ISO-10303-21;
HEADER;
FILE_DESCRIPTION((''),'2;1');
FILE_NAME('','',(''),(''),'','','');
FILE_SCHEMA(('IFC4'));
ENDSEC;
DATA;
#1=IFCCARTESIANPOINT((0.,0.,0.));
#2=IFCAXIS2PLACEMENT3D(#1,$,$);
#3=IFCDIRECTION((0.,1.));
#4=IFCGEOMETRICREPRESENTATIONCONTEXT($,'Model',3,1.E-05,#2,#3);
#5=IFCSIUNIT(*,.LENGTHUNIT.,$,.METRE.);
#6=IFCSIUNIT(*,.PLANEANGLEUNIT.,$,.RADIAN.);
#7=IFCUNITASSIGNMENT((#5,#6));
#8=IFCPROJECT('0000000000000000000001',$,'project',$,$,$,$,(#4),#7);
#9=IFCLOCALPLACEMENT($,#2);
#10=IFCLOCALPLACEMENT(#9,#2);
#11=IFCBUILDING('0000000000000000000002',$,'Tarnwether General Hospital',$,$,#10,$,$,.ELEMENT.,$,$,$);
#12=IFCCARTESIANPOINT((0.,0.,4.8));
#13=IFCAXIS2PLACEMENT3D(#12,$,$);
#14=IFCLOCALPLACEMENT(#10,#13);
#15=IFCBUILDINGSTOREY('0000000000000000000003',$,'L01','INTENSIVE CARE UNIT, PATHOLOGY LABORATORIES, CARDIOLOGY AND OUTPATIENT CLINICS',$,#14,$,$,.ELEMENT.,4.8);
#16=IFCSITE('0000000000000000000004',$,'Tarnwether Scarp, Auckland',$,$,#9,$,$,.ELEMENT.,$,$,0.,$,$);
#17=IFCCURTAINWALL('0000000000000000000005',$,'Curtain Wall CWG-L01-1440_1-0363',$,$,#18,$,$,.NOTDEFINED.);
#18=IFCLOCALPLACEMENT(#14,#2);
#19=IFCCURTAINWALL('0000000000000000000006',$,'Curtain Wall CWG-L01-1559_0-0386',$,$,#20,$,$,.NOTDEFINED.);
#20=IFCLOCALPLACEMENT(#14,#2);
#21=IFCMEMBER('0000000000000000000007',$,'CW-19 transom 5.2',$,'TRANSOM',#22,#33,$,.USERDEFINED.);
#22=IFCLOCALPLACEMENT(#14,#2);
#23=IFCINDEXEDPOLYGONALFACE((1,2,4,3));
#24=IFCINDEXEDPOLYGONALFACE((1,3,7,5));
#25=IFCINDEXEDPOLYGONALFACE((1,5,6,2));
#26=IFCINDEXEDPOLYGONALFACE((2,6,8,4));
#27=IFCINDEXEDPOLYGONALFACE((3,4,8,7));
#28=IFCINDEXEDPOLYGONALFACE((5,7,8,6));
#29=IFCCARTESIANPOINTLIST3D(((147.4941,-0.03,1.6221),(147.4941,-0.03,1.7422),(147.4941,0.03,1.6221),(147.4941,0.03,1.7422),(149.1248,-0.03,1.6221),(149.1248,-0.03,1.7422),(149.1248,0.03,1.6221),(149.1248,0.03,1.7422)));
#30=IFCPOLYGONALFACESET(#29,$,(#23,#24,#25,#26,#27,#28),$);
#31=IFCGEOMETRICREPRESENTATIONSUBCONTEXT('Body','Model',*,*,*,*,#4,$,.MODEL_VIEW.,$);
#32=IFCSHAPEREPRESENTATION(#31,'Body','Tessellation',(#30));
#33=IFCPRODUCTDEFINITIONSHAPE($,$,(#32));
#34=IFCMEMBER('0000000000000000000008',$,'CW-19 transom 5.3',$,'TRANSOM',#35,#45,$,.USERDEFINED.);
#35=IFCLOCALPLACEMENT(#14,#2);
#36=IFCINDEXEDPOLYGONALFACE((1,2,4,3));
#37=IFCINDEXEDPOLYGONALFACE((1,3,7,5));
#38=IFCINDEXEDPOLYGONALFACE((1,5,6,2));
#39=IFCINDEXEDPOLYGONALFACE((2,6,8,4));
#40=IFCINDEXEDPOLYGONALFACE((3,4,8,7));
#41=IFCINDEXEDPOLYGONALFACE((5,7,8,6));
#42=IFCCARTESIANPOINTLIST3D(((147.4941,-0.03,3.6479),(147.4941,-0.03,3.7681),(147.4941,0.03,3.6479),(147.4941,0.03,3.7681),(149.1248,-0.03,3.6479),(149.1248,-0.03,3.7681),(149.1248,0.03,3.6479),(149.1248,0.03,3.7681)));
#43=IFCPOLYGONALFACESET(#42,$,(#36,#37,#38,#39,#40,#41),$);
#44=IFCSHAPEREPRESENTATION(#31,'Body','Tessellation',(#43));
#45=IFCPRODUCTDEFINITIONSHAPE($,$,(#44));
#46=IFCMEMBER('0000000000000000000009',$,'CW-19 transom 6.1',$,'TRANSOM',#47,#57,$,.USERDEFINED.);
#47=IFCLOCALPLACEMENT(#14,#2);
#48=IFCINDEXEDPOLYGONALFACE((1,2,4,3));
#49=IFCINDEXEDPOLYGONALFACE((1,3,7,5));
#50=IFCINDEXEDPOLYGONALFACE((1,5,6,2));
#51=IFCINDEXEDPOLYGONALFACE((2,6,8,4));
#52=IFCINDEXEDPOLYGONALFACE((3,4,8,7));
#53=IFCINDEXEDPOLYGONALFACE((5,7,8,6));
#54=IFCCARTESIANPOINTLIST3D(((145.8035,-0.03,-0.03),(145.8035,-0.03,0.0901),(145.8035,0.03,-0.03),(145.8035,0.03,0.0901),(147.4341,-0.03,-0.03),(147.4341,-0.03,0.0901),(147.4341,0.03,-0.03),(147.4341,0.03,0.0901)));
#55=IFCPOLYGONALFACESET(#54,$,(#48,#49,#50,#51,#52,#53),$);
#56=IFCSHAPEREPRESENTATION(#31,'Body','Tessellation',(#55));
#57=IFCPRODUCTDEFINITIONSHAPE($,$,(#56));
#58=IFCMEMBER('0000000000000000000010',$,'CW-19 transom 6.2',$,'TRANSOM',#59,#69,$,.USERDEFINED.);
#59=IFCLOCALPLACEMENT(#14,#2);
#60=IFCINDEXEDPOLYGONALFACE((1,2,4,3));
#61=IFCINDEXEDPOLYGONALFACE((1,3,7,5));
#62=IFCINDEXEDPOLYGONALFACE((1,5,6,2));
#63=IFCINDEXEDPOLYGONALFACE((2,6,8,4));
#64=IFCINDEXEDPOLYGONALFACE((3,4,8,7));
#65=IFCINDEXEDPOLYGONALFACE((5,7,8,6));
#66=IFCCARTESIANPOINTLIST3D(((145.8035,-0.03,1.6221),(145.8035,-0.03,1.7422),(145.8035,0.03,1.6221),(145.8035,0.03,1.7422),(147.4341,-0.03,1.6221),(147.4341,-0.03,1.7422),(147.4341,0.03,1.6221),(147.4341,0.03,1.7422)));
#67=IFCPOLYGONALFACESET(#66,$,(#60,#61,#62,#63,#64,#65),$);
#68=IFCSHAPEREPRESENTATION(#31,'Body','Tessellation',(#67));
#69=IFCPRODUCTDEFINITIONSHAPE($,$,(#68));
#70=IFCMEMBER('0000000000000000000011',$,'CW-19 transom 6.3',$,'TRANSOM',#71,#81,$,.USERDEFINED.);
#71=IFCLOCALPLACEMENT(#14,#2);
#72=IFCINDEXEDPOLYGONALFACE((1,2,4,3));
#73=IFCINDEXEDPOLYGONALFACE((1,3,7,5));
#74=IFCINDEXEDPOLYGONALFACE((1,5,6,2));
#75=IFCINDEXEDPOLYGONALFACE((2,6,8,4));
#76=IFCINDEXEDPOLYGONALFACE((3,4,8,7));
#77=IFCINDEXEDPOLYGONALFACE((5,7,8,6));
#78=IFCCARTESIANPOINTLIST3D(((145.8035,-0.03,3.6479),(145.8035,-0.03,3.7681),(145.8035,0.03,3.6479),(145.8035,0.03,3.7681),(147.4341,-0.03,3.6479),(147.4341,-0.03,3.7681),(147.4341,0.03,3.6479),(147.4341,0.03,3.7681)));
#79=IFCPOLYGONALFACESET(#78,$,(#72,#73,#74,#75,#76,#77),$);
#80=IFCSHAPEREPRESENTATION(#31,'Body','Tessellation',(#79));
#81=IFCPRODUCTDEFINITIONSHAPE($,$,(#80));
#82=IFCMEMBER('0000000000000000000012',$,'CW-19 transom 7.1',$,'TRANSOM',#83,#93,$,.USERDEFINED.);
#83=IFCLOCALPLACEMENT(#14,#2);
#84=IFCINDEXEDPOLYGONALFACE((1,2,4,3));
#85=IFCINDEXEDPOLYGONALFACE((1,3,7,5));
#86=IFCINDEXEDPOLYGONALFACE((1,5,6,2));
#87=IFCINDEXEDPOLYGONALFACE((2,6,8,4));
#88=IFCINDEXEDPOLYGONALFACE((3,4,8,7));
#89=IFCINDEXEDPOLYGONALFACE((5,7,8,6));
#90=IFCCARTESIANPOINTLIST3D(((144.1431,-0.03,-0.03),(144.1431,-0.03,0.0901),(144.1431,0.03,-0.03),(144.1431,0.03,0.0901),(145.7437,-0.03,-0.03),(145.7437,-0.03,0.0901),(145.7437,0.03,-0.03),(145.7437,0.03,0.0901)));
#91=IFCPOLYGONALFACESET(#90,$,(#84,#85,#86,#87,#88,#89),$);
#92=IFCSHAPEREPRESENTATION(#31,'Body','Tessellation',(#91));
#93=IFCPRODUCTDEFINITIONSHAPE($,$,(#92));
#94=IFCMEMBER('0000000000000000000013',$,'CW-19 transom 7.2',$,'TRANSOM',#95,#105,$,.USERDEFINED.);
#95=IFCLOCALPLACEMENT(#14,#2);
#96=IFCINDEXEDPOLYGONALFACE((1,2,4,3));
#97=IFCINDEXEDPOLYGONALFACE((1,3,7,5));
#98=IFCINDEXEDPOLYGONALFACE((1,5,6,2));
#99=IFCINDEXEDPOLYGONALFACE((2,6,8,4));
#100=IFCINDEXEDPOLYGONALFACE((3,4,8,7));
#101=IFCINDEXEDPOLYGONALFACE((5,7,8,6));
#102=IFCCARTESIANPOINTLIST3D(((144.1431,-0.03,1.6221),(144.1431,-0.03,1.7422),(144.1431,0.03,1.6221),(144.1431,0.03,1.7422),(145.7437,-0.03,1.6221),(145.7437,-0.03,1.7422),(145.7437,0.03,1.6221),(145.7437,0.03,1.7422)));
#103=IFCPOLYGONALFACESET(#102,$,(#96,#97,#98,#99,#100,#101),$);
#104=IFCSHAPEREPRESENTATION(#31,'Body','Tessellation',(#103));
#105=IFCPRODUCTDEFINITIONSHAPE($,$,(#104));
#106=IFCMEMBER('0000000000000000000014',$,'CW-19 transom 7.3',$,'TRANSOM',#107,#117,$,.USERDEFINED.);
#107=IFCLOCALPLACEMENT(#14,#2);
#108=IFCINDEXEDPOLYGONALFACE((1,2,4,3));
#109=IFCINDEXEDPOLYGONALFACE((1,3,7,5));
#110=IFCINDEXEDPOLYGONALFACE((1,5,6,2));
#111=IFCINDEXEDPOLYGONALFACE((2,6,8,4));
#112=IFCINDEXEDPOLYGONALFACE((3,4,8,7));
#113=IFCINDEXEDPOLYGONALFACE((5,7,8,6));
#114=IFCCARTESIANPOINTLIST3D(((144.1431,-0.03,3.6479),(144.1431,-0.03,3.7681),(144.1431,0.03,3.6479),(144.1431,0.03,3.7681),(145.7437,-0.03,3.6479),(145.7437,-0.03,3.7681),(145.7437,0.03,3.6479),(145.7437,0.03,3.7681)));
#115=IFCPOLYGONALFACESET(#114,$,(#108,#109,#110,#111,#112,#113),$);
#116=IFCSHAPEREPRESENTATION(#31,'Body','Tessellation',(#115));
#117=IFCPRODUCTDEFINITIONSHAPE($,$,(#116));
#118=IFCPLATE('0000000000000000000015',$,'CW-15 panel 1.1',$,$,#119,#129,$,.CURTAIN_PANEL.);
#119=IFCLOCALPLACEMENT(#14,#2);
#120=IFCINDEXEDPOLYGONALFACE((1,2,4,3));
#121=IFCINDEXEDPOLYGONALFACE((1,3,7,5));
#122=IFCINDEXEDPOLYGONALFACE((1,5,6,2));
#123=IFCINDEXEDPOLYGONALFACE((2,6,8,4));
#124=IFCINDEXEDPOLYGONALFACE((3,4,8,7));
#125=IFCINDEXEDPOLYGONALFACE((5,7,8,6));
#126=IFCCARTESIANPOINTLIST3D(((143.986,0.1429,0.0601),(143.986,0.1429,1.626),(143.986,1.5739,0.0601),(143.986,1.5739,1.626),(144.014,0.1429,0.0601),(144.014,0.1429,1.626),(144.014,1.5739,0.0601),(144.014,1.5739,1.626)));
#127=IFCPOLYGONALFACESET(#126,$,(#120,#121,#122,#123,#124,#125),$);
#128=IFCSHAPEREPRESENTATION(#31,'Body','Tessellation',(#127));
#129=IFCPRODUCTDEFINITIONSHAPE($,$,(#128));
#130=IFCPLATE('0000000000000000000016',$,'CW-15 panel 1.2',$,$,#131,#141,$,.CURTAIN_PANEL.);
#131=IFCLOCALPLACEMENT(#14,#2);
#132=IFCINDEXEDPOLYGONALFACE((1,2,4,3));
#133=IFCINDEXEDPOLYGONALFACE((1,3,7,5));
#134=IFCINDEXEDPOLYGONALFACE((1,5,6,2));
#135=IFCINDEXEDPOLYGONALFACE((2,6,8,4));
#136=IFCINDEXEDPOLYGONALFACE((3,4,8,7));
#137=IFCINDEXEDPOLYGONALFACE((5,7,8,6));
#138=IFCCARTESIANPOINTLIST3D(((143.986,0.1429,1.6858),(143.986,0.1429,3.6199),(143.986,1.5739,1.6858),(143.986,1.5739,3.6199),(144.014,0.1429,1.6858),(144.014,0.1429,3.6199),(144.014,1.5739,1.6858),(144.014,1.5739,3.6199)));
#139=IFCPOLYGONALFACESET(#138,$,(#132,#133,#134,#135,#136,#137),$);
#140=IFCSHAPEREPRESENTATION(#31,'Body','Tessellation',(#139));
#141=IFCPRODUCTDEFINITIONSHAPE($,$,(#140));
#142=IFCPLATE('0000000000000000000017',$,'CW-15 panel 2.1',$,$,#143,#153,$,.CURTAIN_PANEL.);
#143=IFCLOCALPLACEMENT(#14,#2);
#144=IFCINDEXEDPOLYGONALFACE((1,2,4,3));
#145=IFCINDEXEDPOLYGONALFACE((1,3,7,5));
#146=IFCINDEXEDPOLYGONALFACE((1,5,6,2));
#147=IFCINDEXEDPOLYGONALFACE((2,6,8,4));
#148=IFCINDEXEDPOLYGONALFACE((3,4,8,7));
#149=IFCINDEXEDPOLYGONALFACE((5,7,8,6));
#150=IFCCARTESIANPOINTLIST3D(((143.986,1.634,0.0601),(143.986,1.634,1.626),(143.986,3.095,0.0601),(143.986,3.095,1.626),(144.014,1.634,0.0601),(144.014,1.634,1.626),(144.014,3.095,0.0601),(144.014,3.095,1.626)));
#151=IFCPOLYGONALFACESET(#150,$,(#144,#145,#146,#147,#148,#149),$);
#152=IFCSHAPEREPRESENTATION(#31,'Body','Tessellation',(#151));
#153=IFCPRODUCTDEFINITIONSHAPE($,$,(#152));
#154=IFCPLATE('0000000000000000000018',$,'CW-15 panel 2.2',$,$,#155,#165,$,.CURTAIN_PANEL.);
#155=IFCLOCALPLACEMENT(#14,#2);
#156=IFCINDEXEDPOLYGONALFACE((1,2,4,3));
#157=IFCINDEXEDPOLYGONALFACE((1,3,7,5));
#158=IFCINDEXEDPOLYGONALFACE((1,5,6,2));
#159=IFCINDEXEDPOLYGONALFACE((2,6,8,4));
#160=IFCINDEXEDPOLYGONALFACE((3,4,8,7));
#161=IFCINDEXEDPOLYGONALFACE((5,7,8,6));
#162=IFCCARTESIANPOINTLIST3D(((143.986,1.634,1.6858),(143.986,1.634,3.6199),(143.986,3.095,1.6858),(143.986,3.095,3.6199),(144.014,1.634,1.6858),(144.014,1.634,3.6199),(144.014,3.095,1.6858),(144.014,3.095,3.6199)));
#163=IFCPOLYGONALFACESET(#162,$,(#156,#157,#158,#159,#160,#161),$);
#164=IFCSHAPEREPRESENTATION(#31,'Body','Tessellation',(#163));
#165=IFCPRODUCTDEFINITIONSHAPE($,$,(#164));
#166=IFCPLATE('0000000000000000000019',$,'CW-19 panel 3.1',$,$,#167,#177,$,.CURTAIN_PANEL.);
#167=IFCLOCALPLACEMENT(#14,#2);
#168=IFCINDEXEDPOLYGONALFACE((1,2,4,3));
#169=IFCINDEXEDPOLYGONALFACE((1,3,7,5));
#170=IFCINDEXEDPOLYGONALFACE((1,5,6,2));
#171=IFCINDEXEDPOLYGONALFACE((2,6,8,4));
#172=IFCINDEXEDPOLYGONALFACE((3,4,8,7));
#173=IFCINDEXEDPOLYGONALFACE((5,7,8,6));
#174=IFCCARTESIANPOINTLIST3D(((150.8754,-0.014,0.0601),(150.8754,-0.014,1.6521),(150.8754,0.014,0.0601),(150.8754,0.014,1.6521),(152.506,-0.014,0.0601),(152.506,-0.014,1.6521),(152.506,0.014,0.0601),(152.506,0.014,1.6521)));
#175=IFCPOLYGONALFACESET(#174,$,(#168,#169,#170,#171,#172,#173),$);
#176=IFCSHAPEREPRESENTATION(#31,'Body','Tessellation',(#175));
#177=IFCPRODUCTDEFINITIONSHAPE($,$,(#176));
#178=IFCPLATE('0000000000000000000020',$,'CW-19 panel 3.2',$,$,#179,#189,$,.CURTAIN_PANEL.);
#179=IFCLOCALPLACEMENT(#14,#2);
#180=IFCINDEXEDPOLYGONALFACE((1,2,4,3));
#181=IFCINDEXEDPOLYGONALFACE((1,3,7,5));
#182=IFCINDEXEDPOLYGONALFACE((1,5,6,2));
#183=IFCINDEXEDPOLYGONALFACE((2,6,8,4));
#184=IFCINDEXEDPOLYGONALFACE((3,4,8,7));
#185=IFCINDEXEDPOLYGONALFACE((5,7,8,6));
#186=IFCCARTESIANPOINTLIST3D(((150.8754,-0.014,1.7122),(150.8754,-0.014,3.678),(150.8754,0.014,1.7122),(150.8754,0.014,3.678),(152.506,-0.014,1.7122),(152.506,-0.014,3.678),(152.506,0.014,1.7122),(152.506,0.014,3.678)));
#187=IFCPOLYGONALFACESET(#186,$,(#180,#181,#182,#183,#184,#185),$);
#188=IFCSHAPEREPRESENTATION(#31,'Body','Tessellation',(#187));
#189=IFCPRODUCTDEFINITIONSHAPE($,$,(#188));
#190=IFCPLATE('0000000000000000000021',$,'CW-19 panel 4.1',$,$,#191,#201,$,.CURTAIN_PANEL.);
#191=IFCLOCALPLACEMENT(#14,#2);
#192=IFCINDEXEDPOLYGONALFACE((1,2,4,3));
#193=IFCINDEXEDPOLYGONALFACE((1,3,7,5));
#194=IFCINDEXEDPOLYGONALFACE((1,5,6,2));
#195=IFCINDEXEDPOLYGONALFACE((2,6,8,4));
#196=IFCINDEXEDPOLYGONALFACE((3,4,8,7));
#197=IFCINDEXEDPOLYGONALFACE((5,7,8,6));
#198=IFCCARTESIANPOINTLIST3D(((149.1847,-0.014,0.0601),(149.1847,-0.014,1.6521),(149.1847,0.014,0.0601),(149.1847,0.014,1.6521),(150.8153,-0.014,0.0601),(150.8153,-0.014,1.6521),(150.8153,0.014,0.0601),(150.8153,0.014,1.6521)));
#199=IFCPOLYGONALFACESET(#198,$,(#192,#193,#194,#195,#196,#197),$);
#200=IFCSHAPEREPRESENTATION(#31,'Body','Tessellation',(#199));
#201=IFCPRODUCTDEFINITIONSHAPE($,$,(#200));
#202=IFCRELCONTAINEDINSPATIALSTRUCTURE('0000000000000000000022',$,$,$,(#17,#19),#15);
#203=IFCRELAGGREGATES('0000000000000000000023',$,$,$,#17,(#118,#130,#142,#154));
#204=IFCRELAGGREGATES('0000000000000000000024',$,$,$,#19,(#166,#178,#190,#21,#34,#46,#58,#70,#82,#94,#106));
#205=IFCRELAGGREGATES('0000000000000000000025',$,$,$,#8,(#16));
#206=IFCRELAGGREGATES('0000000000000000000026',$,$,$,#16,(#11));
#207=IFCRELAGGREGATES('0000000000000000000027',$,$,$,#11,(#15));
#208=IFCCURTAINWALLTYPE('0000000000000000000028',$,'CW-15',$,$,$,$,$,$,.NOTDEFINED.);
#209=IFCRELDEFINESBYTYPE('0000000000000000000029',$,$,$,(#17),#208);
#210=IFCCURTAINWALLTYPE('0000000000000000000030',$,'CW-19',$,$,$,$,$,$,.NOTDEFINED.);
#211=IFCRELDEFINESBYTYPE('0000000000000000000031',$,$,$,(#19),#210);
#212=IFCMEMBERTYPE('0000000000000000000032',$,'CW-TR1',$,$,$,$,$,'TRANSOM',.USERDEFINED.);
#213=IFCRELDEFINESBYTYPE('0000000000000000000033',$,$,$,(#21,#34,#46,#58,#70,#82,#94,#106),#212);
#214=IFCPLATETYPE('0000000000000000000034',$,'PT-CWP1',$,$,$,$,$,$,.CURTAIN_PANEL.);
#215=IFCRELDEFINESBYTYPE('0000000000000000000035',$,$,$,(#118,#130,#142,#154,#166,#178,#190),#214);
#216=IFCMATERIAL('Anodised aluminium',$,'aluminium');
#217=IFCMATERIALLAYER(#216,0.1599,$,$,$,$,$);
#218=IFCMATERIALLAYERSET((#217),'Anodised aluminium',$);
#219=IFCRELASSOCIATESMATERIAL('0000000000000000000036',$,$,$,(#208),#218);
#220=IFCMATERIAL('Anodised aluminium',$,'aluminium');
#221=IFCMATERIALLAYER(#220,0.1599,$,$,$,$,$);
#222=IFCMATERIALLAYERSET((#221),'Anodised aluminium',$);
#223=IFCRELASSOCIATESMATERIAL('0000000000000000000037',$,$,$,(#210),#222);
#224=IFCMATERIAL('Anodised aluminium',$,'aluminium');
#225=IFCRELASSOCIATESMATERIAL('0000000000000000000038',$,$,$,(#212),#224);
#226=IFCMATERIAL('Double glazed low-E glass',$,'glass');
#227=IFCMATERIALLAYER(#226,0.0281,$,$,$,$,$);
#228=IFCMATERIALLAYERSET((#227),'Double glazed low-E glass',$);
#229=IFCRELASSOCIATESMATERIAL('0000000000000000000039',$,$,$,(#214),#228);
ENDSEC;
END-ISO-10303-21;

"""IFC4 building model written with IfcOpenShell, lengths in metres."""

from ifc_helpers import new_model, si_unit, direction, frame, origin, origin_2d, place, context, subcontext, project, spatial, rectangle, extrude, material, layer, layer_set, material_profile, profile_set, type_object, element, aggregate, save


model = new_model("IFC4")

# Units and contexts
model_context = context("Model", 3, precision=1e-05, world=origin(), true_north=direction((0.0, 1.0)))
body_context = subcontext(model_context, "Body", "Model", "MODEL_VIEW")
ifc_project = project(units=[si_unit("LENGTHUNIT", "METRE"), si_unit("PLANEANGLEUNIT", "RADIAN")], contexts=[model_context])

# Site, building, storey
site_placement = place(None, origin())
site = spatial("IfcSite", under=ifc_project, at=site_placement, Name="Tarnwether Scarp, Auckland", CompositionType="ELEMENT", RefElevation=0.0)
building_placement = place(site_placement, origin())
building = spatial("IfcBuilding", under=site, at=building_placement, Name="Tarnwether General Hospital", CompositionType="ELEMENT")
storey_placement = place(building_placement, frame((0.0, 0.0, 4.8)))
storey = spatial("IfcBuildingStorey", under=building, at=storey_placement, Name="L01", Description="INTENSIVE CARE UNIT, PATHOLOGY LABORATORIES, CARDIOLOGY AND OUTPATIENT CLINICS", CompositionType="ELEMENT", Elevation=4.8)

# Curtain wall
ifc_material_1 = material(Name="Anodised aluminium", Category="aluminium")
ifc_layer_1 = layer(ifc_material_1, 0.1599)
ifc_layer_set_1 = layer_set([ifc_layer_1], Name="Anodised aluminium")
curtain_wall_type_1 = type_object("IfcCurtainWallType", Name="CW-15", PredefinedType="NOTDEFINED", material=ifc_layer_set_1)
curtain_wall_1_placement = place(storey_placement, origin())
curtain_wall_1 = element("IfcCurtainWall", 1, at=curtain_wall_1_placement, inside=storey, type_object=curtain_wall_type_1, Name="Curtain Wall CWG-L01-1440_1-0363", PredefinedType="NOTDEFINED")

# Curtain wall
ifc_material_2 = material(Name="Anodised aluminium", Category="aluminium")
ifc_layer_2 = layer(ifc_material_2, 0.1599)
ifc_layer_set_2 = layer_set([ifc_layer_2], Name="Anodised aluminium")
curtain_wall_type_2 = type_object("IfcCurtainWallType", Name="CW-19", PredefinedType="NOTDEFINED", material=ifc_layer_set_2)
curtain_wall_2_placement = place(storey_placement, origin())
curtain_wall_2 = element("IfcCurtainWall", 2, at=curtain_wall_2_placement, inside=storey, type_object=curtain_wall_type_2, Name="Curtain Wall CWG-L01-1559_0-0386", PredefinedType="NOTDEFINED")

# Members
ifc_material_3 = material(Name="Anodised aluminium", Category="aluminium")
ifc_material_profile_1 = material_profile(ifc_material_3, rectangle(XDim=0.0601, YDim=0.1201, at=origin_2d()), Name="ALU-TRN-60x120")
ifc_profile_set_1 = profile_set([ifc_material_profile_1], Name="Anodised aluminium")
member_type_1 = type_object("IfcMemberType", Name="CW-TR1", ElementType="TRANSOM", PredefinedType="USERDEFINED", material=ifc_profile_set_1)
member_1_placement = place(storey_placement, frame((149.1248, 0.0, 1.6821), z_axis=(-1.0, 0.0, 0.0), x_axis=(0.0, -1.0, 0.0)))
member_1 = element("IfcMember", 3, at=member_1_placement, type_object=member_type_1, Name="CW-19 transom 5.2", ObjectType="TRANSOM", PredefinedType="USERDEFINED", context=body_context, shape_type="SweptSolid", body=[
    extrude(rectangle(XDim=0.0601, YDim=0.1201, at=origin_2d()), origin(), (0.0, 0.0, 1.0), 1.6306),
])
member_2_placement = place(storey_placement, frame((149.1248, 0.0, 3.708), z_axis=(-1.0, 0.0, 0.0), x_axis=(0.0, -1.0, 0.0)))
member_2 = element("IfcMember", 4, at=member_2_placement, type_object=member_type_1, Name="CW-19 transom 5.3", ObjectType="TRANSOM", PredefinedType="USERDEFINED", context=body_context, shape_type="SweptSolid", body=[
    extrude(rectangle(XDim=0.0601, YDim=0.1201, at=origin_2d()), origin(), (0.0, 0.0, 1.0), 1.6306),
])
member_3_placement = place(storey_placement, frame((147.4341, 0.0, 0.03), z_axis=(-1.0, 0.0, 0.0), x_axis=(0.0, -1.0, 0.0)))
member_3 = element("IfcMember", 5, at=member_3_placement, type_object=member_type_1, Name="CW-19 transom 6.1", ObjectType="TRANSOM", PredefinedType="USERDEFINED", context=body_context, shape_type="SweptSolid", body=[
    extrude(rectangle(XDim=0.0601, YDim=0.1201, at=origin_2d()), origin(), (0.0, 0.0, 1.0), 1.6306),
])
member_4_placement = place(storey_placement, frame((147.4341, 0.0, 1.6821), z_axis=(-1.0, 0.0, 0.0), x_axis=(0.0, -1.0, 0.0)))
member_4 = element("IfcMember", 6, at=member_4_placement, type_object=member_type_1, Name="CW-19 transom 6.2", ObjectType="TRANSOM", PredefinedType="USERDEFINED", context=body_context, shape_type="SweptSolid", body=[
    extrude(rectangle(XDim=0.0601, YDim=0.1201, at=origin_2d()), origin(), (0.0, 0.0, 1.0), 1.6306),
])
member_5_placement = place(storey_placement, frame((147.4341, 0.0, 3.708), z_axis=(-1.0, 0.0, 0.0), x_axis=(0.0, -1.0, 0.0)))
member_5 = element("IfcMember", 7, at=member_5_placement, type_object=member_type_1, Name="CW-19 transom 6.3", ObjectType="TRANSOM", PredefinedType="USERDEFINED", context=body_context, shape_type="SweptSolid", body=[
    extrude(rectangle(XDim=0.0601, YDim=0.1201, at=origin_2d()), origin(), (0.0, 0.0, 1.0), 1.6306),
])
member_6_placement = place(storey_placement, frame((145.7437, 0.0, 0.03), z_axis=(-1.0, 0.0, 0.0), x_axis=(0.0, -1.0, 0.0)))
member_6 = element("IfcMember", 8, at=member_6_placement, type_object=member_type_1, Name="CW-19 transom 7.1", ObjectType="TRANSOM", PredefinedType="USERDEFINED", context=body_context, shape_type="SweptSolid", body=[
    extrude(rectangle(XDim=0.0601, YDim=0.1201, at=origin_2d()), origin(), (0.0, 0.0, 1.0), 1.6006),
])
member_7_placement = place(storey_placement, frame((145.7437, 0.0, 1.6821), z_axis=(-1.0, 0.0, 0.0), x_axis=(0.0, -1.0, 0.0)))
member_7 = element("IfcMember", 9, at=member_7_placement, type_object=member_type_1, Name="CW-19 transom 7.2", ObjectType="TRANSOM", PredefinedType="USERDEFINED", context=body_context, shape_type="SweptSolid", body=[
    extrude(rectangle(XDim=0.0601, YDim=0.1201, at=origin_2d()), origin(), (0.0, 0.0, 1.0), 1.6006),
])
member_8_placement = place(storey_placement, frame((145.7437, 0.0, 3.708), z_axis=(-1.0, 0.0, 0.0), x_axis=(0.0, -1.0, 0.0)))
member_8 = element("IfcMember", 10, at=member_8_placement, type_object=member_type_1, Name="CW-19 transom 7.3", ObjectType="TRANSOM", PredefinedType="USERDEFINED", context=body_context, shape_type="SweptSolid", body=[
    extrude(rectangle(XDim=0.0601, YDim=0.1201, at=origin_2d()), origin(), (0.0, 0.0, 1.0), 1.6006),
])

# Plates
ifc_material_4 = material(Name="Double glazed low-E glass", Category="glass")
ifc_layer_3 = layer(ifc_material_4, 0.0281)
ifc_layer_set_3 = layer_set([ifc_layer_3], Name="Double glazed low-E glass")
plate_type_1 = type_object("IfcPlateType", Name="PT-CWP1", PredefinedType="CURTAIN_PANEL", material=ifc_layer_set_3)
plate_1_placement = place(storey_placement, frame((144.0, 0.8584, 0.0601), z_axis=(0.0, 0.0, 1.0), x_axis=(0.0, 1.0, 0.0)))
plate_1 = element("IfcPlate", 11, at=plate_1_placement, type_object=plate_type_1, Name="CW-15 panel 1.1", PredefinedType="CURTAIN_PANEL", context=body_context, shape_type="SweptSolid", body=[
    extrude(rectangle(XDim=1.4309, YDim=0.0281, at=origin_2d()), origin(), (0.0, 0.0, 1.0), 1.5659),
])
plate_2_placement = place(storey_placement, frame((144.0, 0.8584, 1.6858), z_axis=(0.0, 0.0, 1.0), x_axis=(0.0, 1.0, 0.0)))
plate_2 = element("IfcPlate", 12, at=plate_2_placement, type_object=plate_type_1, Name="CW-15 panel 1.2", PredefinedType="CURTAIN_PANEL", context=body_context, shape_type="SweptSolid", body=[
    extrude(rectangle(XDim=1.4309, YDim=0.0281, at=origin_2d()), origin(), (0.0, 0.0, 1.0), 1.9341),
])
plate_3_placement = place(storey_placement, frame((144.0, 2.3645, 0.0601), z_axis=(0.0, 0.0, 1.0), x_axis=(0.0, 1.0, 0.0)))
plate_3 = element("IfcPlate", 13, at=plate_3_placement, type_object=plate_type_1, Name="CW-15 panel 2.1", PredefinedType="CURTAIN_PANEL", context=body_context, shape_type="SweptSolid", body=[
    extrude(rectangle(XDim=1.4609, YDim=0.0281, at=origin_2d()), origin(), (0.0, 0.0, 1.0), 1.5659),
])
plate_4_placement = place(storey_placement, frame((144.0, 2.3645, 1.6858), z_axis=(0.0, 0.0, 1.0), x_axis=(0.0, 1.0, 0.0)))
plate_4 = element("IfcPlate", 14, at=plate_4_placement, type_object=plate_type_1, Name="CW-15 panel 2.2", PredefinedType="CURTAIN_PANEL", context=body_context, shape_type="SweptSolid", body=[
    extrude(rectangle(XDim=1.4609, YDim=0.0281, at=origin_2d()), origin(), (0.0, 0.0, 1.0), 1.9341),
])
aggregate(curtain_wall_1, [plate_1, plate_2, plate_3, plate_4])
plate_5_placement = place(storey_placement, frame((151.6907, 0.0, 0.0601), z_axis=(0.0, 0.0, 1.0), x_axis=(-1.0, 0.0, 0.0)))
plate_5 = element("IfcPlate", 15, at=plate_5_placement, type_object=plate_type_1, Name="CW-19 panel 3.1", PredefinedType="CURTAIN_PANEL", context=body_context, shape_type="SweptSolid", body=[
    extrude(rectangle(XDim=1.6306, YDim=0.0281, at=origin_2d()), origin(), (0.0, 0.0, 1.0), 1.592),
])
plate_6_placement = place(storey_placement, frame((151.6907, 0.0, 1.7122), z_axis=(0.0, 0.0, 1.0), x_axis=(-1.0, 0.0, 0.0)))
plate_6 = element("IfcPlate", 16, at=plate_6_placement, type_object=plate_type_1, Name="CW-19 panel 3.2", PredefinedType="CURTAIN_PANEL", context=body_context, shape_type="SweptSolid", body=[
    extrude(rectangle(XDim=1.6306, YDim=0.0281, at=origin_2d()), origin(), (0.0, 0.0, 1.0), 1.9658),
])
plate_7_placement = place(storey_placement, frame((150.0, 0.0, 0.0601), z_axis=(0.0, 0.0, 1.0), x_axis=(-1.0, 0.0, 0.0)))
plate_7 = element("IfcPlate", 17, at=plate_7_placement, type_object=plate_type_1, Name="CW-19 panel 4.1", PredefinedType="CURTAIN_PANEL", context=body_context, shape_type="SweptSolid", body=[
    extrude(rectangle(XDim=1.6306, YDim=0.0281, at=origin_2d()), origin(), (0.0, 0.0, 1.0), 1.592),
])
aggregate(curtain_wall_2, [plate_5, plate_6, plate_7, member_1, member_2, member_3, member_4, member_5, member_6, member_7, member_8])

save(model, "model.ifc")
